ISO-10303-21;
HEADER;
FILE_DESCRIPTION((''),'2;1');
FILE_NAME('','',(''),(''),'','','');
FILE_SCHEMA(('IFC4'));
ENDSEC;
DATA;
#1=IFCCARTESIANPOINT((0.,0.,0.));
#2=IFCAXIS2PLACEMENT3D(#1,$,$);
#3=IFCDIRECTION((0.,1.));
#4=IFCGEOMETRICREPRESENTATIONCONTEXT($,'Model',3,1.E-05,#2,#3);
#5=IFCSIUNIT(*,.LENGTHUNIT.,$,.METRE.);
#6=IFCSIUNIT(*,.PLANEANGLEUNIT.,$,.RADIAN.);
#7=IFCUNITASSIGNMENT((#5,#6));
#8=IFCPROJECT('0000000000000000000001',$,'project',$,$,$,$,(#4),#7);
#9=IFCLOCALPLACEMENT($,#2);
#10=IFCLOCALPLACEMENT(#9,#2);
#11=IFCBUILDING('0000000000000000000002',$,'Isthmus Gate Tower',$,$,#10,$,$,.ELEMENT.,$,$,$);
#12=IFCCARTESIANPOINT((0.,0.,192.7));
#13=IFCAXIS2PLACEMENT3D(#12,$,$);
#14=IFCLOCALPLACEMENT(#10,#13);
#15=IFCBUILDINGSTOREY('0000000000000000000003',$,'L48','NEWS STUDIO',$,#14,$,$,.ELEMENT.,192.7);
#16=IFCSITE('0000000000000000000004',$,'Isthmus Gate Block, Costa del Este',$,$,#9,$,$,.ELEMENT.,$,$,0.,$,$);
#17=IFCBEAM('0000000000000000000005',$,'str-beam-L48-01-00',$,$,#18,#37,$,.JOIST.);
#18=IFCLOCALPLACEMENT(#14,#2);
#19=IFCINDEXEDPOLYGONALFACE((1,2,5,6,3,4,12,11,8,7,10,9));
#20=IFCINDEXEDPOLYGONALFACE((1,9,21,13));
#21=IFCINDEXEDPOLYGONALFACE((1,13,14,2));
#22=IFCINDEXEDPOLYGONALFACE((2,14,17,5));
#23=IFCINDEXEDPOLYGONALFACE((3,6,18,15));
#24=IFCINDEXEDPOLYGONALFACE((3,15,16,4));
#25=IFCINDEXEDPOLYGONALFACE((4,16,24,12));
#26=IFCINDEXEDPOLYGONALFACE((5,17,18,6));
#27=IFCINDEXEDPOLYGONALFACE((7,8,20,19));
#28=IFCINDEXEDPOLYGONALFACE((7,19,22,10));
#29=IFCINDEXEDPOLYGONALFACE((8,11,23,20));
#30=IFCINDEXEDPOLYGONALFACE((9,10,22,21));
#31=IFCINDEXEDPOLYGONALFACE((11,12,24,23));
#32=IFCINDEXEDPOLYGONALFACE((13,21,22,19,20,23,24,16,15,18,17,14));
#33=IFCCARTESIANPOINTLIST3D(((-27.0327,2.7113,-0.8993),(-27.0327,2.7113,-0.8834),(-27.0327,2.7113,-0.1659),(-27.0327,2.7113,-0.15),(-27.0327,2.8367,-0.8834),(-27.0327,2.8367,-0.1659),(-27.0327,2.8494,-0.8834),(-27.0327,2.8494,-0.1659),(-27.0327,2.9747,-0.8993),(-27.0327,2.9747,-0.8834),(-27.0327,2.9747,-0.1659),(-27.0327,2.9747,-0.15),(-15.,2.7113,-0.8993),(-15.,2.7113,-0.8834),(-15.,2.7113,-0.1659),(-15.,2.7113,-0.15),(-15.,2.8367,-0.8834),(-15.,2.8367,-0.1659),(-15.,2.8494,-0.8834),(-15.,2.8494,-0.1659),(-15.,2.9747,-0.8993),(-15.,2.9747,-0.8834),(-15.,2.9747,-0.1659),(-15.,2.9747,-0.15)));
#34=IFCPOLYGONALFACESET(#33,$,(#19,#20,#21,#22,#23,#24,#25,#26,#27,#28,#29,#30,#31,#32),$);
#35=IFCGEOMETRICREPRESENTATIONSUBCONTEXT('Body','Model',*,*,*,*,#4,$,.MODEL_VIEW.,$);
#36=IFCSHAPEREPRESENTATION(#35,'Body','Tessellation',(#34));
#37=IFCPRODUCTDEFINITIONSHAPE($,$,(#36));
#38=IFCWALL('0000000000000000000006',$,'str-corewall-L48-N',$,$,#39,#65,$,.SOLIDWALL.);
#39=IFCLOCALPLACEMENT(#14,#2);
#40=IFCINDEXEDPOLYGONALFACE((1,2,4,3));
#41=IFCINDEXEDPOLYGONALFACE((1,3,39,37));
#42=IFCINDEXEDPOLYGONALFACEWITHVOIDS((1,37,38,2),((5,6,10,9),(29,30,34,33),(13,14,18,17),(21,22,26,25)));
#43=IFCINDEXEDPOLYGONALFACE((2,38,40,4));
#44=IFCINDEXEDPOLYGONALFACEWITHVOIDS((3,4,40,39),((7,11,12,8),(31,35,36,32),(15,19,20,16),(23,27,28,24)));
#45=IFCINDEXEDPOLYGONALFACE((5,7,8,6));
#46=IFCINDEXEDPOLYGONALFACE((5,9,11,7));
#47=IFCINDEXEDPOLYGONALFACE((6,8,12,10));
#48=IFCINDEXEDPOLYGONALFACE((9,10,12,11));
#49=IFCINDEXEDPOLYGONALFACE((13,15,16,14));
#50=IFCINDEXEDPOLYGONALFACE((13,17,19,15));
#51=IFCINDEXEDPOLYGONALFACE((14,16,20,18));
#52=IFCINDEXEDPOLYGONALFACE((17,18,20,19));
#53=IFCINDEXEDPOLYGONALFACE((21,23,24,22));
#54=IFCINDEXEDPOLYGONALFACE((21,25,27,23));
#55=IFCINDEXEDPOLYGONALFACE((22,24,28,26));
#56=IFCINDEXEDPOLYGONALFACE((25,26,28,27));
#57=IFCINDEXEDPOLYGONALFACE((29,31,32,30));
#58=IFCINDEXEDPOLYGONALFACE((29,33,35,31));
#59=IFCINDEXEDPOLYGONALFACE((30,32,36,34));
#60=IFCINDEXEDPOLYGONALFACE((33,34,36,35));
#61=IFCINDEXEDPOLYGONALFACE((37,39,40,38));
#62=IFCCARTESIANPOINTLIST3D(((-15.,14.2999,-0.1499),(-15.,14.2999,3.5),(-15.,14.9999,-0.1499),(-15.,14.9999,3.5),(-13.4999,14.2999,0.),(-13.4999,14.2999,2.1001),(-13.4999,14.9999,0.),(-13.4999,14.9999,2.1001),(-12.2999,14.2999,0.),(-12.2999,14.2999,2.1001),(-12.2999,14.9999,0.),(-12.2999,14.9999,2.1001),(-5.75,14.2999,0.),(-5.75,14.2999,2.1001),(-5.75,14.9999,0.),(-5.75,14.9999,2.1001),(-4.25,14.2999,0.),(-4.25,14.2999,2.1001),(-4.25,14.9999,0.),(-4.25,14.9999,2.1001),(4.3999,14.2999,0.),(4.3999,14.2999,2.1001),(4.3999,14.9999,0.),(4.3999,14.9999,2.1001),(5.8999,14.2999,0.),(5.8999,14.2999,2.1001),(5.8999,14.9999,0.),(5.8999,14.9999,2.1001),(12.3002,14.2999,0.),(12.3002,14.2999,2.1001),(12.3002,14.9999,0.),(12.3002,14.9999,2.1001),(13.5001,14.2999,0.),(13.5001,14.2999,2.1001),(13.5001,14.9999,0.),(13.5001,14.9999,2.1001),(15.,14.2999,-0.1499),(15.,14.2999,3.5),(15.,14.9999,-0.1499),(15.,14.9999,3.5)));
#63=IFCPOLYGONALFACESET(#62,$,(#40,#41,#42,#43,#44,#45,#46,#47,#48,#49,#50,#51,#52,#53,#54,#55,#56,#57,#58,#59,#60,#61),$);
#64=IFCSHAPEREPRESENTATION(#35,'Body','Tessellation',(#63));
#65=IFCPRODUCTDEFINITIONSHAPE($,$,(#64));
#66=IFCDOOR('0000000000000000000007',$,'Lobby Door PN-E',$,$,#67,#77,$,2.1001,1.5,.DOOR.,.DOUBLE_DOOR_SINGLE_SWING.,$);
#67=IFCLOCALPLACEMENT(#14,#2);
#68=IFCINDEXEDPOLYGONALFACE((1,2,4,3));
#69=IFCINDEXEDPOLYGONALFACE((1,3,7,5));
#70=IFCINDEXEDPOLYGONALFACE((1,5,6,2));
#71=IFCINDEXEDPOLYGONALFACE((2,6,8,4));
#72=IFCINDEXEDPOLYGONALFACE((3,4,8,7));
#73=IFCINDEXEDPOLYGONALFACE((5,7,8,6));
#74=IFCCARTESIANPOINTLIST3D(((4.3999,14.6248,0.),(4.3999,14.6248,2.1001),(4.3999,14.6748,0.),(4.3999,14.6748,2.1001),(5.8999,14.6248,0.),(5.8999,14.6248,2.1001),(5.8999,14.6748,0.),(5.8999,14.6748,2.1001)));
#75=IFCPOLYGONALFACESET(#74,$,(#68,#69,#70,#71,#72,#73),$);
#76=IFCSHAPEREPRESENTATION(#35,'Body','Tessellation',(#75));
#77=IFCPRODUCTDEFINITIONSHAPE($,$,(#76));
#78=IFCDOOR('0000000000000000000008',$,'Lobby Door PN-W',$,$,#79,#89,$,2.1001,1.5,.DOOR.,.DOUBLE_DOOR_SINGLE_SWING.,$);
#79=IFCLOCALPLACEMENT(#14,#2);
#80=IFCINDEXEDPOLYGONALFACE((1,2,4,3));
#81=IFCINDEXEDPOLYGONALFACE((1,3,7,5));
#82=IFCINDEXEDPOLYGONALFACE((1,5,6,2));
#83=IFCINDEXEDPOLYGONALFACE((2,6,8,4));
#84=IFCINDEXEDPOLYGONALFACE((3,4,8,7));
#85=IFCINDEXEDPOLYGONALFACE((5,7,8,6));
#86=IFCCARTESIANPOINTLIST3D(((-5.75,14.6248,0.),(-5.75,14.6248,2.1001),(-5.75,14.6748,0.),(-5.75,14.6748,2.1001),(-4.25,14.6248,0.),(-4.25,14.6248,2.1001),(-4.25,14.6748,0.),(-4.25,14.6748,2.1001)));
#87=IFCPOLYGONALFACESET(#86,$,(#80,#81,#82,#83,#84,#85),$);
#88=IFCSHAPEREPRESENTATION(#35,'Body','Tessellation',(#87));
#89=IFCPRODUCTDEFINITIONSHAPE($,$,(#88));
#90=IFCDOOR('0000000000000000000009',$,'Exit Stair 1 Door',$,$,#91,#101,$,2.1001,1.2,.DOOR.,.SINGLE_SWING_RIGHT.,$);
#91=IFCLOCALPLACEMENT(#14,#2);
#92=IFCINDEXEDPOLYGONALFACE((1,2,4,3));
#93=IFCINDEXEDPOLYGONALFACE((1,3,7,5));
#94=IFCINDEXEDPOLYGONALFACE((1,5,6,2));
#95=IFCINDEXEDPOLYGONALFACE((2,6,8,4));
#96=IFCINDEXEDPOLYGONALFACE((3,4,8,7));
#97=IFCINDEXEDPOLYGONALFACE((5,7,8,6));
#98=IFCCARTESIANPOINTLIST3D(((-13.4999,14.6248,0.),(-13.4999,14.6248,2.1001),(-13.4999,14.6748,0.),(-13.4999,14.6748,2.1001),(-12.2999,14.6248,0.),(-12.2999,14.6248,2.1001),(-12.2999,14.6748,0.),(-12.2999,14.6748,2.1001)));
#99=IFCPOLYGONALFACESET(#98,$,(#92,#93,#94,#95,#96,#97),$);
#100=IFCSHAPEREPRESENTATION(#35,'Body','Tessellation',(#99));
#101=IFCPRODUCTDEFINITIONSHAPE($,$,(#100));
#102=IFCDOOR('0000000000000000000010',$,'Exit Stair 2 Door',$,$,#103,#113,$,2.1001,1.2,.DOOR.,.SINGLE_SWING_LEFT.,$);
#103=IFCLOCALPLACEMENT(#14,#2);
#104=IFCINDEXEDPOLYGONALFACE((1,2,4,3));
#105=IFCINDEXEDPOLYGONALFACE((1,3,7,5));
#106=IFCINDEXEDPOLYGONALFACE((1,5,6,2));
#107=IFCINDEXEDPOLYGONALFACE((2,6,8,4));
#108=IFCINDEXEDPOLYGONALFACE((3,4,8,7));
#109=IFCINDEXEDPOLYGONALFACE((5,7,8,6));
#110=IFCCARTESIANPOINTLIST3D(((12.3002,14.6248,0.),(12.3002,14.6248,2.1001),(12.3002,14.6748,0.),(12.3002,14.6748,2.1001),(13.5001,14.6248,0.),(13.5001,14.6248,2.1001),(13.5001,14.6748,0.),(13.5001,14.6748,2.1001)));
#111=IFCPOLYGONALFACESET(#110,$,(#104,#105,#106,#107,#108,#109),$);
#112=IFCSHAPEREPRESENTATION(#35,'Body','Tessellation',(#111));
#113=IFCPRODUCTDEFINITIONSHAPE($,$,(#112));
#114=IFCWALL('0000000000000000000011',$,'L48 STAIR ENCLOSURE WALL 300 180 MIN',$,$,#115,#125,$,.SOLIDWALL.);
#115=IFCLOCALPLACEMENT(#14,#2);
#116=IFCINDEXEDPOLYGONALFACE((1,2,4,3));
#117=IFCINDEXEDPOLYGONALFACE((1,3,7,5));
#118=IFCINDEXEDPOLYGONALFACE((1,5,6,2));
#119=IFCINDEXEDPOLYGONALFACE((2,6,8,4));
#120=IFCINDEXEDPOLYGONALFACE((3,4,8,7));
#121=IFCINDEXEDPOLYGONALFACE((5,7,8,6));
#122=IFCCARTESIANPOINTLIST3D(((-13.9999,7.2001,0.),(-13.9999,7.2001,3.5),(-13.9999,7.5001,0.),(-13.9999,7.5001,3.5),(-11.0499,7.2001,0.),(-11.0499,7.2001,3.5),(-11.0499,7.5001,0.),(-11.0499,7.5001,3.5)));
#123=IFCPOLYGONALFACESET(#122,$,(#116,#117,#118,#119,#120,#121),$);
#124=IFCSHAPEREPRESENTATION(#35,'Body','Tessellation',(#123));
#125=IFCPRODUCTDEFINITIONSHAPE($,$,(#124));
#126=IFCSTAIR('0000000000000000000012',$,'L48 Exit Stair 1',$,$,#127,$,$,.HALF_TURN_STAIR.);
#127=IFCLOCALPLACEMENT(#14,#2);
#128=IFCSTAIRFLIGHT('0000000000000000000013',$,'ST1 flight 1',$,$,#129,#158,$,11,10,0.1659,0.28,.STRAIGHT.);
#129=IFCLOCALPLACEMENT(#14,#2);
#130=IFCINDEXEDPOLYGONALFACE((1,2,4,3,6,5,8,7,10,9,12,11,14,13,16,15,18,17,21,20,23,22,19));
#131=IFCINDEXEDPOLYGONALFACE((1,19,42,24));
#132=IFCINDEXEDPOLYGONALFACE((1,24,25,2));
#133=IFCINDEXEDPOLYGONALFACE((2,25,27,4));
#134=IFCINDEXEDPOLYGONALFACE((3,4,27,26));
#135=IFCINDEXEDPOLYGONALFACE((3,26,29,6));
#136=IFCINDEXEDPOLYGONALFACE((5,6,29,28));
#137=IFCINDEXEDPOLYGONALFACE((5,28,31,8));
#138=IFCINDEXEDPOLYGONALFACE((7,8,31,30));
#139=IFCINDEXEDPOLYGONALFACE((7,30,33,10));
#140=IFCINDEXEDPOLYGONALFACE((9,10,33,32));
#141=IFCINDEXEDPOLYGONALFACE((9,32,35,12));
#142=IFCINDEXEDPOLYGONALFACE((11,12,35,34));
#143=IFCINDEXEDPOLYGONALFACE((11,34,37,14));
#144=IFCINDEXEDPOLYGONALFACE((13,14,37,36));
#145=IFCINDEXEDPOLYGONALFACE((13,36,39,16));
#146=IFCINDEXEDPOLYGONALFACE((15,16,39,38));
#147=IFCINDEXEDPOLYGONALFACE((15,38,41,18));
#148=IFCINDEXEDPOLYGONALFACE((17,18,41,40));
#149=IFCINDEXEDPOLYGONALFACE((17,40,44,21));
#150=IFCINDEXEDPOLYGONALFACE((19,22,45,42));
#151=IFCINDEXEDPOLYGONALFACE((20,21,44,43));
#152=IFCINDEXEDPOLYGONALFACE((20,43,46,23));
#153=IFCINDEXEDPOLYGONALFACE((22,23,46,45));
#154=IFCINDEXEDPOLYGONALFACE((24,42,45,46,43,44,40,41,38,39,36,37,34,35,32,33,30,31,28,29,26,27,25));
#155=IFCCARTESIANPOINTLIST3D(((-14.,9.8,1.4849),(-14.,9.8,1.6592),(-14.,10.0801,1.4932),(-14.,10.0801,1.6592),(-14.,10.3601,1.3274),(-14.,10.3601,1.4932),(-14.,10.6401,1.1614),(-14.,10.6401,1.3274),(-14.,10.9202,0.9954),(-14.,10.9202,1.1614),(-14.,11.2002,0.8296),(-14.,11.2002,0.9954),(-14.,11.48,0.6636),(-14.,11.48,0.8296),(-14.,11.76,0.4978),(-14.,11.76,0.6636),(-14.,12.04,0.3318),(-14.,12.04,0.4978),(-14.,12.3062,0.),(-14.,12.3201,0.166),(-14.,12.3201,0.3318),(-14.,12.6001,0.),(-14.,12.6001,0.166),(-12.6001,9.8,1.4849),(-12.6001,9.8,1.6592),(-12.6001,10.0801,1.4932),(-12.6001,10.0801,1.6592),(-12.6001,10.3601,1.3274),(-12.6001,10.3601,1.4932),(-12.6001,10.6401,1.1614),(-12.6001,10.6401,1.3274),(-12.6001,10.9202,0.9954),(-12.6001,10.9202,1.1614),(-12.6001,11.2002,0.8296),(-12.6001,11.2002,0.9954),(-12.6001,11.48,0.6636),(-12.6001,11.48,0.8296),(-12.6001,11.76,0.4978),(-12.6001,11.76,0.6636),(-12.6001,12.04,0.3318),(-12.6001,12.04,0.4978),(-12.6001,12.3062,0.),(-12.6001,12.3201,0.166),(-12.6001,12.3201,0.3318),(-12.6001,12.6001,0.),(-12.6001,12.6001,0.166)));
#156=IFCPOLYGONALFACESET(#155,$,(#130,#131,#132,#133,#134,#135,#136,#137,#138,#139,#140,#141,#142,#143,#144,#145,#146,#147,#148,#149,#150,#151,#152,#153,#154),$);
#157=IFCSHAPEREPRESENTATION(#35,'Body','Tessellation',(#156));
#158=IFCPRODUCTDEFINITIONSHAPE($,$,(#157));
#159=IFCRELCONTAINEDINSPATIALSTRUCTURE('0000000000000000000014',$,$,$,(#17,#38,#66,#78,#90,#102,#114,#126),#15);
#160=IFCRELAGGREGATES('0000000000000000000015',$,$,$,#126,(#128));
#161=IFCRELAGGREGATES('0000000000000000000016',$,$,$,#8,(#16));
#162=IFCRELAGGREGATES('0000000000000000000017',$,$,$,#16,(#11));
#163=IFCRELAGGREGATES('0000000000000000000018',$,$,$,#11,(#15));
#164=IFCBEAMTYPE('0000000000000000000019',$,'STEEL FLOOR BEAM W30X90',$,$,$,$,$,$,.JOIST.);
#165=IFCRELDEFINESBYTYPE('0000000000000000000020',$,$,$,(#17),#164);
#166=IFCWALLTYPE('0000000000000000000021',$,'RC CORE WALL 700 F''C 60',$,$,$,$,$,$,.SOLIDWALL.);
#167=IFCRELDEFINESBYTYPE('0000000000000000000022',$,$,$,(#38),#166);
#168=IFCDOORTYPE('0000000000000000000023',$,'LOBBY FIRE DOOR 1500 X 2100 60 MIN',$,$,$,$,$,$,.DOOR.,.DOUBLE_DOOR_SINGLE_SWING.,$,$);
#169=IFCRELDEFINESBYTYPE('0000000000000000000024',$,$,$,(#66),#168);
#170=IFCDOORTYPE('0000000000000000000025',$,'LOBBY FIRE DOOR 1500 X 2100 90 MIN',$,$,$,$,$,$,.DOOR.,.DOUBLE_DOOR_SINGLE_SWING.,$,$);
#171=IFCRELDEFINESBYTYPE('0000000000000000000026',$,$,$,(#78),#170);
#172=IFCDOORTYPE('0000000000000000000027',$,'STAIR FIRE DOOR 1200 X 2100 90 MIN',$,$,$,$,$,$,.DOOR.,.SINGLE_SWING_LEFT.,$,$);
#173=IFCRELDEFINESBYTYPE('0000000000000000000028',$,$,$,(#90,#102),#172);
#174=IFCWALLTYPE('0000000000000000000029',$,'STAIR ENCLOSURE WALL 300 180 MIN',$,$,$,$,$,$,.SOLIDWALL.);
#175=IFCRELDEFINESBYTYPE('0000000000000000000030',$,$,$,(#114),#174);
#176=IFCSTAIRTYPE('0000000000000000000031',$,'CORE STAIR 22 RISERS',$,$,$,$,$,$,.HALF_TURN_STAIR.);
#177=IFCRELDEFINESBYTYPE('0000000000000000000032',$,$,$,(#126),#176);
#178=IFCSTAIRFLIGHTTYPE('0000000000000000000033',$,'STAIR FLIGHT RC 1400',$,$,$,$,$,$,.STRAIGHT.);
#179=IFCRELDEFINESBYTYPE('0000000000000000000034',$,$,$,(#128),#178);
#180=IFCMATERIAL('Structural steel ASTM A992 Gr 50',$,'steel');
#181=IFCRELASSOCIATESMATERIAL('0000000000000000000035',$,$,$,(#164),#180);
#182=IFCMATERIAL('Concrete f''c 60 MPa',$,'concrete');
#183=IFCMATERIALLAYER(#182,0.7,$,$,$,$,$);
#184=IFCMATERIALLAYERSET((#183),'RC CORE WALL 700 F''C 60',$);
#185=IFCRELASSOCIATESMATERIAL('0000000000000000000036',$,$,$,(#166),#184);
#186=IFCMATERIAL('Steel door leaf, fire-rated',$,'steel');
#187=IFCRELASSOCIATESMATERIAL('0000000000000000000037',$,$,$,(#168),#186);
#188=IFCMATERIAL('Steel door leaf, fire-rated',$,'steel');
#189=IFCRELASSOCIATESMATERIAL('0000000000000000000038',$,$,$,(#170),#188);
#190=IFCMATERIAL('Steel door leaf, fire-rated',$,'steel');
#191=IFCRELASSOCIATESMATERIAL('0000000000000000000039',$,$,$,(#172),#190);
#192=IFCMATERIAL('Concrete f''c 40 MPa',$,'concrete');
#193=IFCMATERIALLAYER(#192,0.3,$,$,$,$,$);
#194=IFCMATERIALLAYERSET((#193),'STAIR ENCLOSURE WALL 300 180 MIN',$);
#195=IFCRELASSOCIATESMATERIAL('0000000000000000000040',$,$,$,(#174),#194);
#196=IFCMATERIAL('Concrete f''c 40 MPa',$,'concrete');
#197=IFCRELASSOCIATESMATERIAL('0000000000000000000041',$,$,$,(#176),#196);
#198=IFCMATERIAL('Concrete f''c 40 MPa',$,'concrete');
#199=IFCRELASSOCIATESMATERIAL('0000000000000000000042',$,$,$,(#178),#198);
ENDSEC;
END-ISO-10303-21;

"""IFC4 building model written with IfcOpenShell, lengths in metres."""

from ifc_helpers import new_model, si_unit, direction, frame, frame_2d, origin, origin_2d, place, context, subcontext, project, spatial, polyline, rectangle, i_section, outline, extrude, material, layer, layer_set, material_profile, profile_set, type_object, element, fill, aggregate, save


model = new_model("IFC4")

# Units and contexts
model_context = context("Model", 3, precision=1e-05, world=origin(), true_north=direction((0.0, 1.0)))
body_context = subcontext(model_context, "Body", "Model", "MODEL_VIEW")
ifc_project = project(units=[si_unit("LENGTHUNIT", "METRE"), si_unit("PLANEANGLEUNIT", "RADIAN")], contexts=[model_context])

# Site, building, storey
site_placement = place(None, origin())
site = spatial("IfcSite", under=ifc_project, at=site_placement, Name="Isthmus Gate Block, Costa del Este", CompositionType="ELEMENT", RefElevation=0.0)
building_placement = place(site_placement, origin())
building = spatial("IfcBuilding", under=site, at=building_placement, Name="Isthmus Gate Tower", CompositionType="ELEMENT")
storey_placement = place(building_placement, frame((0.0, 0.0, 192.7)))
storey = spatial("IfcBuildingStorey", under=building, at=storey_placement, Name="L48", Description="NEWS STUDIO", CompositionType="ELEMENT", Elevation=192.7)

# Beam
ifc_material_1 = material(Name="Structural steel ASTM A992 Gr 50", Category="steel")
ifc_material_profile_1 = material_profile(ifc_material_1, i_section(OverallWidth=0.2634, OverallDepth=0.7493, WebThickness=0.0127, FlangeThickness=0.0159, at=origin_2d()), Name="W30X90")
ifc_profile_set_1 = profile_set([ifc_material_profile_1], Name="Structural steel ASTM A992 Gr 50")
beam_type_1 = type_object("IfcBeamType", Name="STEEL FLOOR BEAM W30X90", PredefinedType="JOIST", material=ifc_profile_set_1)
beam_1_placement = place(storey_placement, frame((-27.0327, 2.843, -0.5247), z_axis=(1.0, 0.0, 0.0), x_axis=(0.0, 1.0, 0.0)))
element("IfcBeam", 1, at=beam_1_placement, inside=storey, type_object=beam_type_1, Name="str-beam-L48-01-00", PredefinedType="JOIST", context=body_context, shape_type="SweptSolid", body=[
    extrude(i_section(OverallWidth=0.2634, OverallDepth=0.7493, WebThickness=0.0127, FlangeThickness=0.0159, at=origin_2d()), origin(), (0.0, 0.0, 1.0), 12.0327),
])

# Wall, openings, doors
ifc_material_2 = material(Name="Concrete f'c 60 MPa", Category="concrete")
ifc_layer_1 = layer(ifc_material_2, 0.7)
ifc_layer_set_1 = layer_set([ifc_layer_1], Name="RC CORE WALL 700 F'C 60")
wall_type_1 = type_object("IfcWallType", Name="RC CORE WALL 700 F'C 60", PredefinedType="SOLIDWALL", material=ifc_layer_set_1)
wall_1_placement = place(storey_placement, frame((-15.0, 14.6499, -0.1499), z_axis=(0.0, 0.0, 1.0), x_axis=(1.0, 0.0, 0.0)))
wall_1 = element("IfcWall", 2, at=wall_1_placement, inside=storey, type_object=wall_type_1, Name="str-corewall-L48-N", PredefinedType="SOLIDWALL", context=body_context, shape_type="SweptSolid", body=[
    extrude(rectangle(XDim=30.0, YDim=0.7, at=frame_2d((15.0, 0.0))), origin(), (0.0, 0.0, 1.0), 3.6499),
])
opening_1_placement = place(wall_1_placement, frame((9.25, 0.0, 0.1499)))
opening_1 = element("IfcOpeningElement", 3, at=opening_1_placement, cuts=wall_1, PredefinedType="OPENING", context=body_context, shape_type="SweptSolid", body=[
    extrude(rectangle(XDim=1.5, YDim=2.1001, at=frame_2d((0.75, 1.05))), frame((0.0, 0.3599, 0.0), z_axis=(0.0, -1.0, 0.0), x_axis=(1.0, 0.0, 0.0)), (0.0, 0.0, 1.0), 0.72),
])
opening_2_placement = place(wall_1_placement, frame((19.3999, 0.0, 0.1499)))
opening_2 = element("IfcOpeningElement", 4, at=opening_2_placement, cuts=wall_1, PredefinedType="OPENING", context=body_context, shape_type="SweptSolid", body=[
    extrude(rectangle(XDim=1.5, YDim=2.1001, at=frame_2d((0.75, 1.05))), frame((0.0, 0.3599, 0.0), z_axis=(0.0, -1.0, 0.0), x_axis=(1.0, 0.0, 0.0)), (0.0, 0.0, 1.0), 0.72),
])
opening_3_placement = place(wall_1_placement, frame((1.5, 0.0, 0.1499)))
opening_3 = element("IfcOpeningElement", 5, at=opening_3_placement, cuts=wall_1, PredefinedType="OPENING", context=body_context, shape_type="SweptSolid", body=[
    extrude(rectangle(XDim=1.2, YDim=2.1001, at=frame_2d((0.6001, 1.05))), frame((0.0, 0.3599, 0.0), z_axis=(0.0, -1.0, 0.0), x_axis=(1.0, 0.0, 0.0)), (0.0, 0.0, 1.0), 0.72),
])
opening_4_placement = place(wall_1_placement, frame((27.3, 0.0, 0.1499)))
opening_4 = element("IfcOpeningElement", 6, at=opening_4_placement, cuts=wall_1, PredefinedType="OPENING", context=body_context, shape_type="SweptSolid", body=[
    extrude(rectangle(XDim=1.2, YDim=2.1001, at=frame_2d((0.6001, 1.05))), frame((0.0, 0.3599, 0.0), z_axis=(0.0, -1.0, 0.0), x_axis=(1.0, 0.0, 0.0)), (0.0, 0.0, 1.0), 0.72),
])
ifc_material_3 = material(Name="Steel door leaf, fire-rated", Category="steel")
door_type_1 = type_object("IfcDoorType", Name="LOBBY FIRE DOOR 1500 X 2100 60 MIN", OperationType="DOUBLE_DOOR_SINGLE_SWING", PredefinedType="DOOR", material=ifc_material_3)
door_1_placement = place(opening_2_placement, origin())
door_1 = element("IfcDoor", 7, at=door_1_placement, inside=storey, type_object=door_type_1, Name="Lobby Door PN-E", OperationType="DOUBLE_DOOR_SINGLE_SWING", OverallHeight=2.1001, OverallWidth=1.5, PredefinedType="DOOR", context=body_context, shape_type="SweptSolid", body=[
    extrude(rectangle(XDim=1.5, YDim=2.1001, at=frame_2d((0.75, 1.05))), frame((0.0, 0.0249, 0.0), z_axis=(0.0, -1.0, 0.0), x_axis=(1.0, 0.0, 0.0)), (0.0, 0.0, 1.0), 0.05),
])
fill(opening_2, door_1)
ifc_material_4 = material(Name="Steel door leaf, fire-rated", Category="steel")
door_type_2 = type_object("IfcDoorType", Name="LOBBY FIRE DOOR 1500 X 2100 90 MIN", OperationType="DOUBLE_DOOR_SINGLE_SWING", PredefinedType="DOOR", material=ifc_material_4)
door_2_placement = place(opening_1_placement, origin())
door_2 = element("IfcDoor", 8, at=door_2_placement, inside=storey, type_object=door_type_2, Name="Lobby Door PN-W", OperationType="DOUBLE_DOOR_SINGLE_SWING", OverallHeight=2.1001, OverallWidth=1.5, PredefinedType="DOOR", context=body_context, shape_type="SweptSolid", body=[
    extrude(rectangle(XDim=1.5, YDim=2.1001, at=frame_2d((0.75, 1.05))), frame((0.0, 0.0249, 0.0), z_axis=(0.0, -1.0, 0.0), x_axis=(1.0, 0.0, 0.0)), (0.0, 0.0, 1.0), 0.05),
])
fill(opening_1, door_2)
ifc_material_5 = material(Name="Steel door leaf, fire-rated", Category="steel")
door_type_3 = type_object("IfcDoorType", Name="STAIR FIRE DOOR 1200 X 2100 90 MIN", OperationType="SINGLE_SWING_LEFT", PredefinedType="DOOR", material=ifc_material_5)
door_3_placement = place(opening_3_placement, origin())
door_3 = element("IfcDoor", 9, at=door_3_placement, inside=storey, type_object=door_type_3, Name="Exit Stair 1 Door", OperationType="SINGLE_SWING_RIGHT", OverallHeight=2.1001, OverallWidth=1.2, PredefinedType="DOOR", context=body_context, shape_type="SweptSolid", body=[
    extrude(rectangle(XDim=1.2, YDim=2.1001, at=frame_2d((0.6001, 1.05))), frame((0.0, 0.0249, 0.0), z_axis=(0.0, -1.0, 0.0), x_axis=(1.0, 0.0, 0.0)), (0.0, 0.0, 1.0), 0.05),
])
fill(opening_3, door_3)
door_4_placement = place(opening_4_placement, origin())
door_4 = element("IfcDoor", 10, at=door_4_placement, inside=storey, type_object=door_type_3, Name="Exit Stair 2 Door", OperationType="SINGLE_SWING_LEFT", OverallHeight=2.1001, OverallWidth=1.2, PredefinedType="DOOR", context=body_context, shape_type="SweptSolid", body=[
    extrude(rectangle(XDim=1.2, YDim=2.1001, at=frame_2d((0.6001, 1.05))), frame((0.0, 0.0249, 0.0), z_axis=(0.0, -1.0, 0.0), x_axis=(1.0, 0.0, 0.0)), (0.0, 0.0, 1.0), 0.05),
])
fill(opening_4, door_4)

# Wall
ifc_material_6 = material(Name="Concrete f'c 40 MPa", Category="concrete")
ifc_layer_2 = layer(ifc_material_6, 0.3)
ifc_layer_set_2 = layer_set([ifc_layer_2], Name="STAIR ENCLOSURE WALL 300 180 MIN")
wall_type_2 = type_object("IfcWallType", Name="STAIR ENCLOSURE WALL 300 180 MIN", PredefinedType="SOLIDWALL", material=ifc_layer_set_2)
wall_2_placement = place(storey_placement, frame((-14.0, 7.3501, 0.0), z_axis=(0.0, 0.0, 1.0), x_axis=(1.0, 0.0, 0.0)))
element("IfcWall", 11, at=wall_2_placement, inside=storey, type_object=wall_type_2, Name="L48 STAIR ENCLOSURE WALL 300 180 MIN", PredefinedType="SOLIDWALL", context=body_context, shape_type="SweptSolid", body=[
    extrude(rectangle(XDim=2.95, YDim=0.3, at=frame_2d((1.4751, 0.0))), origin(), (0.0, 0.0, 1.0), 3.5),
])

# Stair, stair flight
ifc_material_7 = material(Name="Concrete f'c 40 MPa", Category="concrete")
stair_type = type_object("IfcStairType", Name="CORE STAIR 22 RISERS", PredefinedType="HALF_TURN_STAIR", material=ifc_material_7)
stair_1_placement = place(storey_placement, origin())
stair_1 = element("IfcStair", 12, at=stair_1_placement, inside=storey, type_object=stair_type, Name="L48 Exit Stair 1", PredefinedType="HALF_TURN_STAIR")
ifc_material_8 = material(Name="Concrete f'c 40 MPa", Category="concrete")
stair_flight_type = type_object("IfcStairFlightType", Name="STAIR FLIGHT RC 1400", PredefinedType="STRAIGHT", material=ifc_material_8)
stair_flight_1_placement = place(storey_placement, frame((-13.3, 12.6001, 0.0), z_axis=(0.0, 0.0, 1.0), x_axis=(0.0, -1.0, 0.0)))
stair_flight_1 = element("IfcStairFlight", 13, at=stair_flight_1_placement, type_object=stair_flight_type, Name="ST1 flight 1", NumberOfRisers=11, NumberOfTreads=10, PredefinedType="STRAIGHT", RiserHeight=0.1659, TreadLength=0.28, context=body_context, shape_type="SweptSolid", body=[
    extrude(outline(polyline([(0.0, 0.0), (0.0, 0.166), (0.28, 0.166), (0.28, 0.3318), (0.5601, 0.3318), (0.5601, 0.4978), (0.8401, 0.4978), (0.8401, 0.6636), (1.1201, 0.6636), (1.1201, 0.8296), (1.3999, 0.8296), (1.3999, 0.9954), (1.6799, 0.9954), (1.6799, 1.1614), (1.96, 1.1614), (1.96, 1.3274), (2.24, 1.3274), (2.24, 1.4932), (2.52, 1.4932), (2.52, 1.6592), (2.8, 1.6592), (2.8, 1.825), (2.8, 1.4849), (0.2939, 0.0), (0.0, 0.0)])), frame((0.0, 0.7, 0.0), z_axis=(0.0, -1.0, 0.0), x_axis=(1.0, 0.0, 0.0)), (0.0, 0.0, 1.0), 1.3999),
])
aggregate(stair_1, [stair_flight_1])

save(model, "model.ifc")
